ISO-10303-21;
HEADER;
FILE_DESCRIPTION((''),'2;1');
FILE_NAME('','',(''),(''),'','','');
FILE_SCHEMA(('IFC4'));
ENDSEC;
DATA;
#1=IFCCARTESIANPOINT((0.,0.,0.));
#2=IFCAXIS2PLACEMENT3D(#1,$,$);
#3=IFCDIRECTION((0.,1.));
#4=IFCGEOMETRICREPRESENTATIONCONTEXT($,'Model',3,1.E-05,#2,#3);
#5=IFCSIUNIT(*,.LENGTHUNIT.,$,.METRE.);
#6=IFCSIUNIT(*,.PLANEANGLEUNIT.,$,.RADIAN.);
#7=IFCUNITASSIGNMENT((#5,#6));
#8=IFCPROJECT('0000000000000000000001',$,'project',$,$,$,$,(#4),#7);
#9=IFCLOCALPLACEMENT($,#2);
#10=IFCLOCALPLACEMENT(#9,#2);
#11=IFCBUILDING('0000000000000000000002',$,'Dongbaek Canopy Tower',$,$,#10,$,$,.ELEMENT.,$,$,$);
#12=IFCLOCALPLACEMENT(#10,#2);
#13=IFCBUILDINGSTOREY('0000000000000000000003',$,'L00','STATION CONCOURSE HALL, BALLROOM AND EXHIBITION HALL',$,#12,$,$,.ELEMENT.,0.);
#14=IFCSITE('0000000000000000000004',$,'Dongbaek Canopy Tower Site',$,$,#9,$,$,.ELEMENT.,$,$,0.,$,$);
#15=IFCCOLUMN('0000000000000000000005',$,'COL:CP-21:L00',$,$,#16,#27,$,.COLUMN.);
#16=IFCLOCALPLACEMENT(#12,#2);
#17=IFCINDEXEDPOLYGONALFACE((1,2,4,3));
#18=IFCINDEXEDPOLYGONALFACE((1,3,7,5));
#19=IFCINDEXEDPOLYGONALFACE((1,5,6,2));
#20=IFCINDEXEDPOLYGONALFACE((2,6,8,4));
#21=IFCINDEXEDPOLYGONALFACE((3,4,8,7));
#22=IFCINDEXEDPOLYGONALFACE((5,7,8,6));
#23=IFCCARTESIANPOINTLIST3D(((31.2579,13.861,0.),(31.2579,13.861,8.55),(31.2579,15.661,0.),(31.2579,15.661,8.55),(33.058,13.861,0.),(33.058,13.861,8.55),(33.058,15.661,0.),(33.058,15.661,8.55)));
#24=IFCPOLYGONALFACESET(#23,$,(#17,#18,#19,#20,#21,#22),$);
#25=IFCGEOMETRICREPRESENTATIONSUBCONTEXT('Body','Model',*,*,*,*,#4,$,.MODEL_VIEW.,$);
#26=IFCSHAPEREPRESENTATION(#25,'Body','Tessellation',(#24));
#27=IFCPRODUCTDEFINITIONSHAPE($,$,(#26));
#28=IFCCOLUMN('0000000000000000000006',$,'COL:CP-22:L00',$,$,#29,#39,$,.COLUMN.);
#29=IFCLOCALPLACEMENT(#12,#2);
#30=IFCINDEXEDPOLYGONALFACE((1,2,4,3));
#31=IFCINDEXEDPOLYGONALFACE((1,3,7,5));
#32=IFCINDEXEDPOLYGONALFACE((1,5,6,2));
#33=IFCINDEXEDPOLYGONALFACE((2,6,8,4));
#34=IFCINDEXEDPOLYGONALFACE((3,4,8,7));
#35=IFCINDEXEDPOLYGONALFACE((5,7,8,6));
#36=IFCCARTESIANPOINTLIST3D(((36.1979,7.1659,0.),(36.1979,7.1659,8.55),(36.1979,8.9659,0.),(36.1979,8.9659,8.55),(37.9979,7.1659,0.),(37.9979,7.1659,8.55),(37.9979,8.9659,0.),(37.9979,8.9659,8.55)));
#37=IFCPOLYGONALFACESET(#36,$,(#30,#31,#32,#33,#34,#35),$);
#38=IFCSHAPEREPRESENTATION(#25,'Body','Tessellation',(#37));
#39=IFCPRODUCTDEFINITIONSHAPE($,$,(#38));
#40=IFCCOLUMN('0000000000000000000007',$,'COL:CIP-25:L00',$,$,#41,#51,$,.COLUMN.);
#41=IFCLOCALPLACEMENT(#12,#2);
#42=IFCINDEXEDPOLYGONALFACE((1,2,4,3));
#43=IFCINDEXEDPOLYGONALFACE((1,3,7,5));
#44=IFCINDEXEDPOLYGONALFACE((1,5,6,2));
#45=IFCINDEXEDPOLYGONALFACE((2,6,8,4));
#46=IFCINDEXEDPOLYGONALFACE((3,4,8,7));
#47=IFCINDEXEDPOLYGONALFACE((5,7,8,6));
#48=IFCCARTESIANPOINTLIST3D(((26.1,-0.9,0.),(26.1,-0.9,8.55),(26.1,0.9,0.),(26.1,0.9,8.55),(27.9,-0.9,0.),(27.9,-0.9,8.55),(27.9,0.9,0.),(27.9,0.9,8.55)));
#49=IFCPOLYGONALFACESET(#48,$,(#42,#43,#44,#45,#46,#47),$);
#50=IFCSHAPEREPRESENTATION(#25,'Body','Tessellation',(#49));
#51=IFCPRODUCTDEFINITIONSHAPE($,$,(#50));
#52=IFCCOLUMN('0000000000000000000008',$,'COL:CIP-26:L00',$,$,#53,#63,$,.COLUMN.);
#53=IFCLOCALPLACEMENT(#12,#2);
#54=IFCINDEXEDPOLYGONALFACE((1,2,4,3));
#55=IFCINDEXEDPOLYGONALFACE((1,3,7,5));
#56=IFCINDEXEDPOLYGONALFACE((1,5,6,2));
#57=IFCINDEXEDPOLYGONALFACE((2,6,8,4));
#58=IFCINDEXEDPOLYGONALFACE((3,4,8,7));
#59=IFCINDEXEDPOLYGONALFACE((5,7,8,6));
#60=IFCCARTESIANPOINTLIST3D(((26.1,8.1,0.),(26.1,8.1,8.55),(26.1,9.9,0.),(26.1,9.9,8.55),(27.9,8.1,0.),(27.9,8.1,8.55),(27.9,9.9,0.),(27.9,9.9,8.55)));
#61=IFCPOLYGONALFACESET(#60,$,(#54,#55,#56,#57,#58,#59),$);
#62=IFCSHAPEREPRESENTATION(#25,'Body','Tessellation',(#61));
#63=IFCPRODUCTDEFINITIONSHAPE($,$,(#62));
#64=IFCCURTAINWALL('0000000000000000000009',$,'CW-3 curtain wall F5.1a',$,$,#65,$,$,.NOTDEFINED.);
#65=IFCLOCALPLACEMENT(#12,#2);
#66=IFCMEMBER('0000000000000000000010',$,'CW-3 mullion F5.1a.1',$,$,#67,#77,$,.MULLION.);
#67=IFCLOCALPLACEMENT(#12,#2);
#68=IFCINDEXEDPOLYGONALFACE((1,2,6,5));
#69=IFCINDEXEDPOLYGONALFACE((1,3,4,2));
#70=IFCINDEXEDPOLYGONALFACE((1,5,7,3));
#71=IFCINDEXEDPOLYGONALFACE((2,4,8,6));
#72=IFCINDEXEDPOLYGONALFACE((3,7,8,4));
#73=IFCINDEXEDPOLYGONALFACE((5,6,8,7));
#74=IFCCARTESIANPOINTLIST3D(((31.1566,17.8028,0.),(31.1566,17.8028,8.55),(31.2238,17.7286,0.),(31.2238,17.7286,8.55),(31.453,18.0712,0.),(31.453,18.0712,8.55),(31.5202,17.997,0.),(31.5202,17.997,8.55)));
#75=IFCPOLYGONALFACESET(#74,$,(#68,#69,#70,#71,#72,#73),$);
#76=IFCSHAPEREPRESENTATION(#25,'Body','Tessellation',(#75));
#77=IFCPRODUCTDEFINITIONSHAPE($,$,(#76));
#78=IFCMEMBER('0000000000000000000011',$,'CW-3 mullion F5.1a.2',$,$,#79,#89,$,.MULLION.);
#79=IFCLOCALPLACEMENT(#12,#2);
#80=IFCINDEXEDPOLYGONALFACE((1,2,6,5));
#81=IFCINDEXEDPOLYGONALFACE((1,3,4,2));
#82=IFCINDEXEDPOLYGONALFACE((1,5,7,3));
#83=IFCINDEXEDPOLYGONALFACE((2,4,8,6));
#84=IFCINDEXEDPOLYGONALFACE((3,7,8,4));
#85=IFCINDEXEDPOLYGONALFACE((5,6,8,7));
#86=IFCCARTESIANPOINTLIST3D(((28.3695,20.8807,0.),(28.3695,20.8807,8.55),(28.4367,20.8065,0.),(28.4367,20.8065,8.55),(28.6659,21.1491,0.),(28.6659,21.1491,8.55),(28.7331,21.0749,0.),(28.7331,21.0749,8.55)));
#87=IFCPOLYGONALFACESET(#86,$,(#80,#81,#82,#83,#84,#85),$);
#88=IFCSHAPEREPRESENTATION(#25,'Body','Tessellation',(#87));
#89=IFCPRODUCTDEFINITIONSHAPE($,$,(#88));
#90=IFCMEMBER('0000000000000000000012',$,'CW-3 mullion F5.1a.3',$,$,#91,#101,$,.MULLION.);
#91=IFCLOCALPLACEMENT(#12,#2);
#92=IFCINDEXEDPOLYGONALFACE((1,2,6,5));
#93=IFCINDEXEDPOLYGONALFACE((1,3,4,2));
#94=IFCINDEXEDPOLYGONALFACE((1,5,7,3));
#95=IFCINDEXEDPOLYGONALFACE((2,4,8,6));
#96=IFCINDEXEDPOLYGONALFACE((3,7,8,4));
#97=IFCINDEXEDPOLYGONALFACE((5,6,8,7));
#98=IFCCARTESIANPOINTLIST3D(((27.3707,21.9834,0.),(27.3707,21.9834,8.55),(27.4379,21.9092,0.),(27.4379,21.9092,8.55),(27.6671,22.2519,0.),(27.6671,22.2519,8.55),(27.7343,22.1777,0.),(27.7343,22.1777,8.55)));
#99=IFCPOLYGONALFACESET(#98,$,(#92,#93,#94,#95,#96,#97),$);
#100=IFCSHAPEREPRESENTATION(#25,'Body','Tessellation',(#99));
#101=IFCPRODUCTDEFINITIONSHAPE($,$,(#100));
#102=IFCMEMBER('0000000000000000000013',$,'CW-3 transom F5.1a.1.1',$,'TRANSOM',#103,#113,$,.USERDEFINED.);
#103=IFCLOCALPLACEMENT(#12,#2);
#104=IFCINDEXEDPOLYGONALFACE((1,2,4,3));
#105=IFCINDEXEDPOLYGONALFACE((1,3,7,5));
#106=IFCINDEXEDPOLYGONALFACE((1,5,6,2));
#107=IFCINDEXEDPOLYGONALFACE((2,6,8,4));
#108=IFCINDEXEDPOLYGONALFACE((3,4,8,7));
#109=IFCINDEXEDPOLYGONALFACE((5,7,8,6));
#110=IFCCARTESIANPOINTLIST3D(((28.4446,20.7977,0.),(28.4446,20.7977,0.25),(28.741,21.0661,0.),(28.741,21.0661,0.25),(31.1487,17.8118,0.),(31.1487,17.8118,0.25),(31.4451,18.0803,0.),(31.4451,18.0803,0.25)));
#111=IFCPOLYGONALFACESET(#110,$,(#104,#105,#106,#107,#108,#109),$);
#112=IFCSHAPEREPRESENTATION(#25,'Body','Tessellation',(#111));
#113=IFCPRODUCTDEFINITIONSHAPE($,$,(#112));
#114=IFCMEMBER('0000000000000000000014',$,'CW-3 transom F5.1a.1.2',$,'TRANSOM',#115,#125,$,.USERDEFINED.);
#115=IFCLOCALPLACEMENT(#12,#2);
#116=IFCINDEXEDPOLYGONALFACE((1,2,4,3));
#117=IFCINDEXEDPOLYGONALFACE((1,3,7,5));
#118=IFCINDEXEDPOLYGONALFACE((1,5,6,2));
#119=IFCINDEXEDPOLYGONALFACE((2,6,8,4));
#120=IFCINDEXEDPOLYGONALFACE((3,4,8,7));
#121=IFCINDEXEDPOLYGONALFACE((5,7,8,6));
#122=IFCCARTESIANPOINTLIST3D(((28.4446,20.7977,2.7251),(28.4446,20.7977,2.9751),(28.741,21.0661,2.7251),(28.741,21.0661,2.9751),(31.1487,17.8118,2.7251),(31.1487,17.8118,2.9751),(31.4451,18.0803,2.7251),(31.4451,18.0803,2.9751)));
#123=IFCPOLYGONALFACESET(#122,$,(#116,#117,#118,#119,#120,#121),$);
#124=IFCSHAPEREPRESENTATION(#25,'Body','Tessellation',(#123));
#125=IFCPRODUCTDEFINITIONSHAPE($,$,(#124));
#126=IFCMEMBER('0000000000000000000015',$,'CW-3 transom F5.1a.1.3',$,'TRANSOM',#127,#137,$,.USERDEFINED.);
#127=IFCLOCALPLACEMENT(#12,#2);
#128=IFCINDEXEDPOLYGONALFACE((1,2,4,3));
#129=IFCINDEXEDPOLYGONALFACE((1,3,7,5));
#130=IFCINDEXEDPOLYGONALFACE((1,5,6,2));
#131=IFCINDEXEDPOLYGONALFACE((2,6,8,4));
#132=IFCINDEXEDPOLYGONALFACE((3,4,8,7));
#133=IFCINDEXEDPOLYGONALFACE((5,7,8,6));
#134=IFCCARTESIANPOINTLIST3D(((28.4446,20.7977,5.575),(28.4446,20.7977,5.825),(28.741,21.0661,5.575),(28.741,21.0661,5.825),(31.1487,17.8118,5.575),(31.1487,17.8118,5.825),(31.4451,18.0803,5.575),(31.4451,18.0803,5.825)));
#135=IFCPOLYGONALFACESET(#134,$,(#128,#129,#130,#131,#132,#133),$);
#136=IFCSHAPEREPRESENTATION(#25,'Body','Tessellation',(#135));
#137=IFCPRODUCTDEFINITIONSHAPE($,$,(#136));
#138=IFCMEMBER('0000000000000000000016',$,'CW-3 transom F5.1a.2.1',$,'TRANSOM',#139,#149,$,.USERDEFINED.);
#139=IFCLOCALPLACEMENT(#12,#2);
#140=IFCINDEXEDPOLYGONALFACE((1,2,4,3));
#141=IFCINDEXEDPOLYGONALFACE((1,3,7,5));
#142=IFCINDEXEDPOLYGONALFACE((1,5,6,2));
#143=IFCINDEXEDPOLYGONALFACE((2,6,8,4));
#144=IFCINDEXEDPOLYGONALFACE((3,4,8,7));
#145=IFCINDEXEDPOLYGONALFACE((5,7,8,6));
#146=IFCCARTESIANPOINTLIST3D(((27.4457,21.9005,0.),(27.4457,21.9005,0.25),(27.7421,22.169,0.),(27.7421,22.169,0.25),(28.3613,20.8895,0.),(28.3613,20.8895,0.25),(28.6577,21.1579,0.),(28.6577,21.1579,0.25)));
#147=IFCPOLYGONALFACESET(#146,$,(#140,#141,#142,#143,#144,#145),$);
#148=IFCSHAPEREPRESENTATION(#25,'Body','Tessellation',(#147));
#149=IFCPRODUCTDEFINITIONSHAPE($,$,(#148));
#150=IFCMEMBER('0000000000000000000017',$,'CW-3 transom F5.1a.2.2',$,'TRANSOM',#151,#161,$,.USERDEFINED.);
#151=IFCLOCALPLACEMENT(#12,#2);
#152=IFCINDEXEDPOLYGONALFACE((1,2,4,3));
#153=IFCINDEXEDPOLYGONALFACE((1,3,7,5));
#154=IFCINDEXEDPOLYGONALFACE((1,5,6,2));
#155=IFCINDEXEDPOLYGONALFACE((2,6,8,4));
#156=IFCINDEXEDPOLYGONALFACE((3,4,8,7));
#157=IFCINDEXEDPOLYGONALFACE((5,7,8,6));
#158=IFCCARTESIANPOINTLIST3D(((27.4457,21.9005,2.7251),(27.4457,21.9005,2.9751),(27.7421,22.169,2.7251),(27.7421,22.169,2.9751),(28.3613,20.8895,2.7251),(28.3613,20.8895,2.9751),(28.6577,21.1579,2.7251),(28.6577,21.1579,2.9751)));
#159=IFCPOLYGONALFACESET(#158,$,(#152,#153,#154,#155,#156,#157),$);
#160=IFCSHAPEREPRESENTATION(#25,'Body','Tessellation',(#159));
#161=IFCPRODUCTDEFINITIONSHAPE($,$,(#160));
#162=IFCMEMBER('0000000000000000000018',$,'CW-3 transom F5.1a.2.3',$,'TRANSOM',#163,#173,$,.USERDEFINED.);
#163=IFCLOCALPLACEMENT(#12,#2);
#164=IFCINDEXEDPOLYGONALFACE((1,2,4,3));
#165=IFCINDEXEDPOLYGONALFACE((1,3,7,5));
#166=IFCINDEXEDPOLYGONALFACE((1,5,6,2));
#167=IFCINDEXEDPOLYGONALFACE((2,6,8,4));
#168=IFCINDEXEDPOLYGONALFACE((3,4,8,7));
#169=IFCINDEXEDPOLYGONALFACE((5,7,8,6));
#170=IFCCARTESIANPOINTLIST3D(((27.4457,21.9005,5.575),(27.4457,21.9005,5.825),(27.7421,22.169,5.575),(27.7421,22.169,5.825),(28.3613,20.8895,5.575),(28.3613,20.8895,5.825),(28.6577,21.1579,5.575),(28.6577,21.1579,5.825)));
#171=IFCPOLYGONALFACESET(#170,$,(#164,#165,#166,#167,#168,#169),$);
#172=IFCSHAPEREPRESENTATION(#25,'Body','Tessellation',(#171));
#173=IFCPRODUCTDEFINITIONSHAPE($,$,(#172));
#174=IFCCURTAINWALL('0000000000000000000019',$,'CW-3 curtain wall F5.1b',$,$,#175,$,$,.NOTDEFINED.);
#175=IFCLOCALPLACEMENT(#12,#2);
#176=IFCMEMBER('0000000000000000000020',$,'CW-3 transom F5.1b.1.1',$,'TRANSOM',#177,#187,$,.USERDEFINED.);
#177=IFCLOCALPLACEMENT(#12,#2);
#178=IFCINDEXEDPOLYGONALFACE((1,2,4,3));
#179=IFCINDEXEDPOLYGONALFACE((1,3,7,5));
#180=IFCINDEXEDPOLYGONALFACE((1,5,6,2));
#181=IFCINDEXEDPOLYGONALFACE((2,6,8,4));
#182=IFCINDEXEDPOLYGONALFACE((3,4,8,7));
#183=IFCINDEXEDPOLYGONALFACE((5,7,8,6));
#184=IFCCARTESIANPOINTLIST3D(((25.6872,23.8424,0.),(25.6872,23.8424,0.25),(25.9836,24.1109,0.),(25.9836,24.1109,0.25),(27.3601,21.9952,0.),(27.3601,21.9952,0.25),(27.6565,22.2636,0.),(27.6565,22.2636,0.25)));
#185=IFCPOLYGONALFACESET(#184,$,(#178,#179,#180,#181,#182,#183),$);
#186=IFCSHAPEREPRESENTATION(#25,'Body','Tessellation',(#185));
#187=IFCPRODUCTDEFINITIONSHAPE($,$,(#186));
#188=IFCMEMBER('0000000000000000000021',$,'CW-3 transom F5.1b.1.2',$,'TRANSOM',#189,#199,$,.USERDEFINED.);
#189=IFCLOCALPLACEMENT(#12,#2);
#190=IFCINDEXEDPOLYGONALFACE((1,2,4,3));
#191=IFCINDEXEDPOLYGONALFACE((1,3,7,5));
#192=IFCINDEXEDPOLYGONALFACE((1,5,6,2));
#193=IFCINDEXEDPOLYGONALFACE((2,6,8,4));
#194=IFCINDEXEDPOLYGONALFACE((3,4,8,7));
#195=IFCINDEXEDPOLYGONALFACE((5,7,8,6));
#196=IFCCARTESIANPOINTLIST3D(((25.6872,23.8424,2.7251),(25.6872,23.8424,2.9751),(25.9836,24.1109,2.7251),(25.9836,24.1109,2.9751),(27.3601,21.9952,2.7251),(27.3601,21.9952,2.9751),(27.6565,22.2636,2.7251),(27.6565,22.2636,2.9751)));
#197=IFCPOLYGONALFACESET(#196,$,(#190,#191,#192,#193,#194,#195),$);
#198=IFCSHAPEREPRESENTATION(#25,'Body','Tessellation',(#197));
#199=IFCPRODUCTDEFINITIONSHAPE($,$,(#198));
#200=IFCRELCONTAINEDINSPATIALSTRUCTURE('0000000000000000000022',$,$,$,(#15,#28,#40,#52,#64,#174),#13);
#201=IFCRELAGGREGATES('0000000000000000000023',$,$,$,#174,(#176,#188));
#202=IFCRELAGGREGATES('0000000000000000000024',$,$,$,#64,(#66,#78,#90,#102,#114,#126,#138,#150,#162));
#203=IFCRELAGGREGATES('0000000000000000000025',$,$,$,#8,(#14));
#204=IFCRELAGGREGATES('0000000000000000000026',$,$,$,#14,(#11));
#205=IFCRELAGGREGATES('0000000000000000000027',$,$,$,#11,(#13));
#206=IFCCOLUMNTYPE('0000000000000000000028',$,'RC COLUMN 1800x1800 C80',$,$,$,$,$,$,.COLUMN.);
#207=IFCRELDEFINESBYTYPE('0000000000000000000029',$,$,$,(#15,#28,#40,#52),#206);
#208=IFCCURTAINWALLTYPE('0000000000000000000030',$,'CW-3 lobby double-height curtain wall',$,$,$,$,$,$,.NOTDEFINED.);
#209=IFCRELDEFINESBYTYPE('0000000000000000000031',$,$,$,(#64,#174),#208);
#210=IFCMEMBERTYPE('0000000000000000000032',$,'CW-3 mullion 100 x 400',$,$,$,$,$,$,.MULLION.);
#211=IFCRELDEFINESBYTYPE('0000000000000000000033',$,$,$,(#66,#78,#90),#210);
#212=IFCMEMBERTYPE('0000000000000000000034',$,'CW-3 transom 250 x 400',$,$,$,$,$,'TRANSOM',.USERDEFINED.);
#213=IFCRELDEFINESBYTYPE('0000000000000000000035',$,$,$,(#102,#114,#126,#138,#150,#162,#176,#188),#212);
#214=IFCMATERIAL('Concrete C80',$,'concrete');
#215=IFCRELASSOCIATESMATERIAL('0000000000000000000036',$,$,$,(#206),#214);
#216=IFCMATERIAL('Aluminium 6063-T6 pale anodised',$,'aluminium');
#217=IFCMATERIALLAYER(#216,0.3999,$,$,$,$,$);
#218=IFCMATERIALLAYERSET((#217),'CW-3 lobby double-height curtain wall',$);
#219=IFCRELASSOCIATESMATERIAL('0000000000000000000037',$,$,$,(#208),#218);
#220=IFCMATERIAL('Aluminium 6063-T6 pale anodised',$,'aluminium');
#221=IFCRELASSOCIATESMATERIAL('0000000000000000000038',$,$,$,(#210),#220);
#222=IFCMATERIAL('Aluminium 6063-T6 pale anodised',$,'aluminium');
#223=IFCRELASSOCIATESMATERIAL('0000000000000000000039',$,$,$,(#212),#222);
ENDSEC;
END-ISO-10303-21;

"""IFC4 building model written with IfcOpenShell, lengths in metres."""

from ifc_helpers import new_model, si_unit, direction, frame, origin, origin_2d, place, context, subcontext, project, spatial, rectangle, extrude, material, layer, layer_set, material_profile, profile_set, type_object, element, aggregate, save


model = new_model("IFC4")

# Units and contexts
model_context = context("Model", 3, precision=1e-05, world=origin(), true_north=direction((0.0, 1.0)))
body_context = subcontext(model_context, "Body", "Model", "MODEL_VIEW")
ifc_project = project(units=[si_unit("LENGTHUNIT", "METRE"), si_unit("PLANEANGLEUNIT", "RADIAN")], contexts=[model_context])

# Site, building, storey
site_placement = place(None, origin())
site = spatial("IfcSite", under=ifc_project, at=site_placement, Name="Dongbaek Canopy Tower Site", CompositionType="ELEMENT", RefElevation=0.0)
building_placement = place(site_placement, origin())
building = spatial("IfcBuilding", under=site, at=building_placement, Name="Dongbaek Canopy Tower", CompositionType="ELEMENT")
storey_placement = place(building_placement, origin())
storey = spatial("IfcBuildingStorey", under=building, at=storey_placement, Name="L00", Description="STATION CONCOURSE HALL, BALLROOM AND EXHIBITION HALL", CompositionType="ELEMENT", Elevation=0.0)

# Columns
ifc_material_1 = material(Name="Concrete C80", Category="concrete")
ifc_material_profile_1 = material_profile(ifc_material_1, rectangle(XDim=1.8, YDim=1.8, at=origin_2d()), Name="RC COLUMN 1800x1800 C80")
ifc_profile_set_1 = profile_set([ifc_material_profile_1], Name="Concrete C80")
column_type = type_object("IfcColumnType", Name="RC COLUMN 1800x1800 C80", PredefinedType="COLUMN", material=ifc_profile_set_1)
for number, where, z_axis, x_axis, name in (
    (1, (32.158, 14.761, 0.0), (0.0, 0.0, 1.0), (1.0, 0.0, 0.0), "COL:CP-21:L00"),
    (2, (37.0979, 8.0659, 0.0), (0.0, 0.0, 1.0), (1.0, 0.0, 0.0), "COL:CP-22:L00"),
    (3, (27.0, 0.0, 0.0), (0.0, 0.0, 1.0), (1.0, 0.0, 0.0), "COL:CIP-25:L00"),
    (4, (27.0, 9.0, 0.0), (0.0, 0.0, 1.0), (1.0, 0.0, 0.0), "COL:CIP-26:L00"),
):
    element("IfcColumn", number, at=place(storey_placement, frame(where, z_axis=z_axis, x_axis=x_axis)), inside=storey, type_object=column_type, Name=name, PredefinedType="COLUMN", context=body_context, shape_type="SweptSolid", body=[
        extrude(rectangle(XDim=1.8, YDim=1.8, at=origin_2d()), origin(), (0.0, 0.0, 1.0), 8.55),
    ])

# Curtain walls, members
ifc_material_2 = material(Name="Aluminium 6063-T6 pale anodised", Category="aluminium")
ifc_layer_1 = layer(ifc_material_2, 0.3999)
ifc_layer_set_1 = layer_set([ifc_layer_1], Name="CW-3 lobby double-height curtain wall")
curtain_wall_type = type_object("IfcCurtainWallType", Name="CW-3 lobby double-height curtain wall", PredefinedType="NOTDEFINED", material=ifc_layer_set_1)
curtain_wall_1_placement = place(storey_placement, origin())
curtain_wall_1 = element("IfcCurtainWall", 5, at=curtain_wall_1_placement, inside=storey, type_object=curtain_wall_type, Name="CW-3 curtain wall F5.1a", PredefinedType="NOTDEFINED")
ifc_material_3 = material(Name="Aluminium 6063-T6 pale anodised", Category="aluminium")
ifc_material_profile_2 = material_profile(ifc_material_3, rectangle(XDim=0.3999, YDim=0.1001, at=origin_2d()), Name="CW-3 mullion 100 x 400")
ifc_profile_set_2 = profile_set([ifc_material_profile_2], Name="Aluminium 6063-T6 pale anodised")
member_type_1 = type_object("IfcMemberType", Name="CW-3 mullion 100 x 400", PredefinedType="MULLION", material=ifc_profile_set_2)
member_1_placement = place(storey_placement, frame((31.3384, 17.8999, 0.0), z_axis=(0.0, 0.0, 1.0), x_axis=(0.741222, 0.67126, 0.0)))
member_1 = element("IfcMember", 6, at=member_1_placement, type_object=member_type_1, Name="CW-3 mullion F5.1a.1", PredefinedType="MULLION", context=body_context, shape_type="SweptSolid", body=[
    extrude(rectangle(XDim=0.3999, YDim=0.1001, at=origin_2d()), origin(), (0.0, 0.0, 1.0), 8.55),
])
member_2_placement = place(storey_placement, frame((28.5513, 20.9778, 0.0), z_axis=(0.0, 0.0, 1.0), x_axis=(0.741222, 0.67126, 0.0)))
member_2 = element("IfcMember", 7, at=member_2_placement, type_object=member_type_1, Name="CW-3 mullion F5.1a.2", PredefinedType="MULLION", context=body_context, shape_type="SweptSolid", body=[
    extrude(rectangle(XDim=0.3999, YDim=0.1001, at=origin_2d()), origin(), (0.0, 0.0, 1.0), 8.55),
])
member_3_placement = place(storey_placement, frame((27.5525, 22.0806, 0.0), z_axis=(0.0, 0.0, 1.0), x_axis=(0.741222, 0.67126, 0.0)))
member_3 = element("IfcMember", 8, at=member_3_placement, type_object=member_type_1, Name="CW-3 mullion F5.1a.3", PredefinedType="MULLION", context=body_context, shape_type="SweptSolid", body=[
    extrude(rectangle(XDim=0.3999, YDim=0.1001, at=origin_2d()), origin(), (0.0, 0.0, 1.0), 8.55),
])
ifc_material_4 = material(Name="Aluminium 6063-T6 pale anodised", Category="aluminium")
ifc_material_profile_3 = material_profile(ifc_material_4, rectangle(XDim=0.3999, YDim=0.25, at=origin_2d()), Name="CW-3 transom 250 x 400")
ifc_profile_set_3 = profile_set([ifc_material_profile_3], Name="Aluminium 6063-T6 pale anodised")
member_type_2 = type_object("IfcMemberType", Name="CW-3 transom 250 x 400", ElementType="TRANSOM", PredefinedType="USERDEFINED", material=ifc_profile_set_3)
member_4_placement = place(storey_placement, frame((31.2969, 17.946, 0.125), z_axis=(-0.671272, 0.741211, 0.0), x_axis=(-0.741211, -0.671272, 0.0)))
member_4 = element("IfcMember", 9, at=member_4_placement, type_object=member_type_2, Name="CW-3 transom F5.1a.1.1", ObjectType="TRANSOM", PredefinedType="USERDEFINED", context=body_context, shape_type="SweptSolid", body=[
    extrude(rectangle(XDim=0.3999, YDim=0.25, at=origin_2d()), origin(), (0.0, 0.0, 1.0), 4.0283),
])
member_5_placement = place(storey_placement, frame((31.2969, 17.946, 2.8501), z_axis=(-0.671272, 0.741211, 0.0), x_axis=(-0.741211, -0.671272, 0.0)))
member_5 = element("IfcMember", 10, at=member_5_placement, type_object=member_type_2, Name="CW-3 transom F5.1a.1.2", ObjectType="TRANSOM", PredefinedType="USERDEFINED", context=body_context, shape_type="SweptSolid", body=[
    extrude(rectangle(XDim=0.3999, YDim=0.25, at=origin_2d()), origin(), (0.0, 0.0, 1.0), 4.0283),
])
member_6_placement = place(storey_placement, frame((31.2969, 17.946, 5.7), z_axis=(-0.671272, 0.741211, 0.0), x_axis=(-0.741211, -0.671272, 0.0)))
member_6 = element("IfcMember", 11, at=member_6_placement, type_object=member_type_2, Name="CW-3 transom F5.1a.1.3", ObjectType="TRANSOM", PredefinedType="USERDEFINED", context=body_context, shape_type="SweptSolid", body=[
    extrude(rectangle(XDim=0.3999, YDim=0.25, at=origin_2d()), origin(), (0.0, 0.0, 1.0), 4.0283),
])
member_7_placement = place(storey_placement, frame((28.5095, 21.0237, 0.125), z_axis=(-0.671246, 0.741235, 0.0), x_axis=(-0.741235, -0.671246, 0.0)))
member_7 = element("IfcMember", 12, at=member_7_placement, type_object=member_type_2, Name="CW-3 transom F5.1a.2.1", ObjectType="TRANSOM", PredefinedType="USERDEFINED", context=body_context, shape_type="SweptSolid", body=[
    extrude(rectangle(XDim=0.3999, YDim=0.25, at=origin_2d()), origin(), (0.0, 0.0, 1.0), 1.364),
])
member_8_placement = place(storey_placement, frame((28.5095, 21.0237, 2.8501), z_axis=(-0.671246, 0.741235, 0.0), x_axis=(-0.741235, -0.671246, 0.0)))
member_8 = element("IfcMember", 13, at=member_8_placement, type_object=member_type_2, Name="CW-3 transom F5.1a.2.2", ObjectType="TRANSOM", PredefinedType="USERDEFINED", context=body_context, shape_type="SweptSolid", body=[
    extrude(rectangle(XDim=0.3999, YDim=0.25, at=origin_2d()), origin(), (0.0, 0.0, 1.0), 1.364),
])
member_9_placement = place(storey_placement, frame((28.5095, 21.0237, 5.7), z_axis=(-0.671246, 0.741235, 0.0), x_axis=(-0.741235, -0.671246, 0.0)))
member_9 = element("IfcMember", 14, at=member_9_placement, type_object=member_type_2, Name="CW-3 transom F5.1a.2.3", ObjectType="TRANSOM", PredefinedType="USERDEFINED", context=body_context, shape_type="SweptSolid", body=[
    extrude(rectangle(XDim=0.3999, YDim=0.25, at=origin_2d()), origin(), (0.0, 0.0, 1.0), 1.364),
])
curtain_wall_2_placement = place(storey_placement, origin())
curtain_wall_2 = element("IfcCurtainWall", 15, at=curtain_wall_2_placement, inside=storey, type_object=curtain_wall_type, Name="CW-3 curtain wall F5.1b", PredefinedType="NOTDEFINED")
member_10_placement = place(storey_placement, frame((27.5083, 22.1294, 0.125), z_axis=(-0.671267, 0.741215, 0.0), x_axis=(-0.741215, -0.671267, 0.0)))
member_10 = element("IfcMember", 16, at=member_10_placement, type_object=member_type_2, Name="CW-3 transom F5.1b.1.1", ObjectType="TRANSOM", PredefinedType="USERDEFINED", context=body_context, shape_type="SweptSolid", body=[
    extrude(rectangle(XDim=0.3999, YDim=0.25, at=origin_2d()), origin(), (0.0, 0.0, 1.0), 2.4922),
])
member_11_placement = place(storey_placement, frame((27.5083, 22.1294, 2.8501), z_axis=(-0.671267, 0.741215, 0.0), x_axis=(-0.741215, -0.671267, 0.0)))
member_11 = element("IfcMember", 17, at=member_11_placement, type_object=member_type_2, Name="CW-3 transom F5.1b.1.2", ObjectType="TRANSOM", PredefinedType="USERDEFINED", context=body_context, shape_type="SweptSolid", body=[
    extrude(rectangle(XDim=0.3999, YDim=0.25, at=origin_2d()), origin(), (0.0, 0.0, 1.0), 2.4922),
])
aggregate(curtain_wall_2, [member_10, member_11])

aggregate(curtain_wall_1, [member_1, member_2, member_3, member_4, member_5, member_6, member_7, member_8, member_9])

save(model, "model.ifc")
